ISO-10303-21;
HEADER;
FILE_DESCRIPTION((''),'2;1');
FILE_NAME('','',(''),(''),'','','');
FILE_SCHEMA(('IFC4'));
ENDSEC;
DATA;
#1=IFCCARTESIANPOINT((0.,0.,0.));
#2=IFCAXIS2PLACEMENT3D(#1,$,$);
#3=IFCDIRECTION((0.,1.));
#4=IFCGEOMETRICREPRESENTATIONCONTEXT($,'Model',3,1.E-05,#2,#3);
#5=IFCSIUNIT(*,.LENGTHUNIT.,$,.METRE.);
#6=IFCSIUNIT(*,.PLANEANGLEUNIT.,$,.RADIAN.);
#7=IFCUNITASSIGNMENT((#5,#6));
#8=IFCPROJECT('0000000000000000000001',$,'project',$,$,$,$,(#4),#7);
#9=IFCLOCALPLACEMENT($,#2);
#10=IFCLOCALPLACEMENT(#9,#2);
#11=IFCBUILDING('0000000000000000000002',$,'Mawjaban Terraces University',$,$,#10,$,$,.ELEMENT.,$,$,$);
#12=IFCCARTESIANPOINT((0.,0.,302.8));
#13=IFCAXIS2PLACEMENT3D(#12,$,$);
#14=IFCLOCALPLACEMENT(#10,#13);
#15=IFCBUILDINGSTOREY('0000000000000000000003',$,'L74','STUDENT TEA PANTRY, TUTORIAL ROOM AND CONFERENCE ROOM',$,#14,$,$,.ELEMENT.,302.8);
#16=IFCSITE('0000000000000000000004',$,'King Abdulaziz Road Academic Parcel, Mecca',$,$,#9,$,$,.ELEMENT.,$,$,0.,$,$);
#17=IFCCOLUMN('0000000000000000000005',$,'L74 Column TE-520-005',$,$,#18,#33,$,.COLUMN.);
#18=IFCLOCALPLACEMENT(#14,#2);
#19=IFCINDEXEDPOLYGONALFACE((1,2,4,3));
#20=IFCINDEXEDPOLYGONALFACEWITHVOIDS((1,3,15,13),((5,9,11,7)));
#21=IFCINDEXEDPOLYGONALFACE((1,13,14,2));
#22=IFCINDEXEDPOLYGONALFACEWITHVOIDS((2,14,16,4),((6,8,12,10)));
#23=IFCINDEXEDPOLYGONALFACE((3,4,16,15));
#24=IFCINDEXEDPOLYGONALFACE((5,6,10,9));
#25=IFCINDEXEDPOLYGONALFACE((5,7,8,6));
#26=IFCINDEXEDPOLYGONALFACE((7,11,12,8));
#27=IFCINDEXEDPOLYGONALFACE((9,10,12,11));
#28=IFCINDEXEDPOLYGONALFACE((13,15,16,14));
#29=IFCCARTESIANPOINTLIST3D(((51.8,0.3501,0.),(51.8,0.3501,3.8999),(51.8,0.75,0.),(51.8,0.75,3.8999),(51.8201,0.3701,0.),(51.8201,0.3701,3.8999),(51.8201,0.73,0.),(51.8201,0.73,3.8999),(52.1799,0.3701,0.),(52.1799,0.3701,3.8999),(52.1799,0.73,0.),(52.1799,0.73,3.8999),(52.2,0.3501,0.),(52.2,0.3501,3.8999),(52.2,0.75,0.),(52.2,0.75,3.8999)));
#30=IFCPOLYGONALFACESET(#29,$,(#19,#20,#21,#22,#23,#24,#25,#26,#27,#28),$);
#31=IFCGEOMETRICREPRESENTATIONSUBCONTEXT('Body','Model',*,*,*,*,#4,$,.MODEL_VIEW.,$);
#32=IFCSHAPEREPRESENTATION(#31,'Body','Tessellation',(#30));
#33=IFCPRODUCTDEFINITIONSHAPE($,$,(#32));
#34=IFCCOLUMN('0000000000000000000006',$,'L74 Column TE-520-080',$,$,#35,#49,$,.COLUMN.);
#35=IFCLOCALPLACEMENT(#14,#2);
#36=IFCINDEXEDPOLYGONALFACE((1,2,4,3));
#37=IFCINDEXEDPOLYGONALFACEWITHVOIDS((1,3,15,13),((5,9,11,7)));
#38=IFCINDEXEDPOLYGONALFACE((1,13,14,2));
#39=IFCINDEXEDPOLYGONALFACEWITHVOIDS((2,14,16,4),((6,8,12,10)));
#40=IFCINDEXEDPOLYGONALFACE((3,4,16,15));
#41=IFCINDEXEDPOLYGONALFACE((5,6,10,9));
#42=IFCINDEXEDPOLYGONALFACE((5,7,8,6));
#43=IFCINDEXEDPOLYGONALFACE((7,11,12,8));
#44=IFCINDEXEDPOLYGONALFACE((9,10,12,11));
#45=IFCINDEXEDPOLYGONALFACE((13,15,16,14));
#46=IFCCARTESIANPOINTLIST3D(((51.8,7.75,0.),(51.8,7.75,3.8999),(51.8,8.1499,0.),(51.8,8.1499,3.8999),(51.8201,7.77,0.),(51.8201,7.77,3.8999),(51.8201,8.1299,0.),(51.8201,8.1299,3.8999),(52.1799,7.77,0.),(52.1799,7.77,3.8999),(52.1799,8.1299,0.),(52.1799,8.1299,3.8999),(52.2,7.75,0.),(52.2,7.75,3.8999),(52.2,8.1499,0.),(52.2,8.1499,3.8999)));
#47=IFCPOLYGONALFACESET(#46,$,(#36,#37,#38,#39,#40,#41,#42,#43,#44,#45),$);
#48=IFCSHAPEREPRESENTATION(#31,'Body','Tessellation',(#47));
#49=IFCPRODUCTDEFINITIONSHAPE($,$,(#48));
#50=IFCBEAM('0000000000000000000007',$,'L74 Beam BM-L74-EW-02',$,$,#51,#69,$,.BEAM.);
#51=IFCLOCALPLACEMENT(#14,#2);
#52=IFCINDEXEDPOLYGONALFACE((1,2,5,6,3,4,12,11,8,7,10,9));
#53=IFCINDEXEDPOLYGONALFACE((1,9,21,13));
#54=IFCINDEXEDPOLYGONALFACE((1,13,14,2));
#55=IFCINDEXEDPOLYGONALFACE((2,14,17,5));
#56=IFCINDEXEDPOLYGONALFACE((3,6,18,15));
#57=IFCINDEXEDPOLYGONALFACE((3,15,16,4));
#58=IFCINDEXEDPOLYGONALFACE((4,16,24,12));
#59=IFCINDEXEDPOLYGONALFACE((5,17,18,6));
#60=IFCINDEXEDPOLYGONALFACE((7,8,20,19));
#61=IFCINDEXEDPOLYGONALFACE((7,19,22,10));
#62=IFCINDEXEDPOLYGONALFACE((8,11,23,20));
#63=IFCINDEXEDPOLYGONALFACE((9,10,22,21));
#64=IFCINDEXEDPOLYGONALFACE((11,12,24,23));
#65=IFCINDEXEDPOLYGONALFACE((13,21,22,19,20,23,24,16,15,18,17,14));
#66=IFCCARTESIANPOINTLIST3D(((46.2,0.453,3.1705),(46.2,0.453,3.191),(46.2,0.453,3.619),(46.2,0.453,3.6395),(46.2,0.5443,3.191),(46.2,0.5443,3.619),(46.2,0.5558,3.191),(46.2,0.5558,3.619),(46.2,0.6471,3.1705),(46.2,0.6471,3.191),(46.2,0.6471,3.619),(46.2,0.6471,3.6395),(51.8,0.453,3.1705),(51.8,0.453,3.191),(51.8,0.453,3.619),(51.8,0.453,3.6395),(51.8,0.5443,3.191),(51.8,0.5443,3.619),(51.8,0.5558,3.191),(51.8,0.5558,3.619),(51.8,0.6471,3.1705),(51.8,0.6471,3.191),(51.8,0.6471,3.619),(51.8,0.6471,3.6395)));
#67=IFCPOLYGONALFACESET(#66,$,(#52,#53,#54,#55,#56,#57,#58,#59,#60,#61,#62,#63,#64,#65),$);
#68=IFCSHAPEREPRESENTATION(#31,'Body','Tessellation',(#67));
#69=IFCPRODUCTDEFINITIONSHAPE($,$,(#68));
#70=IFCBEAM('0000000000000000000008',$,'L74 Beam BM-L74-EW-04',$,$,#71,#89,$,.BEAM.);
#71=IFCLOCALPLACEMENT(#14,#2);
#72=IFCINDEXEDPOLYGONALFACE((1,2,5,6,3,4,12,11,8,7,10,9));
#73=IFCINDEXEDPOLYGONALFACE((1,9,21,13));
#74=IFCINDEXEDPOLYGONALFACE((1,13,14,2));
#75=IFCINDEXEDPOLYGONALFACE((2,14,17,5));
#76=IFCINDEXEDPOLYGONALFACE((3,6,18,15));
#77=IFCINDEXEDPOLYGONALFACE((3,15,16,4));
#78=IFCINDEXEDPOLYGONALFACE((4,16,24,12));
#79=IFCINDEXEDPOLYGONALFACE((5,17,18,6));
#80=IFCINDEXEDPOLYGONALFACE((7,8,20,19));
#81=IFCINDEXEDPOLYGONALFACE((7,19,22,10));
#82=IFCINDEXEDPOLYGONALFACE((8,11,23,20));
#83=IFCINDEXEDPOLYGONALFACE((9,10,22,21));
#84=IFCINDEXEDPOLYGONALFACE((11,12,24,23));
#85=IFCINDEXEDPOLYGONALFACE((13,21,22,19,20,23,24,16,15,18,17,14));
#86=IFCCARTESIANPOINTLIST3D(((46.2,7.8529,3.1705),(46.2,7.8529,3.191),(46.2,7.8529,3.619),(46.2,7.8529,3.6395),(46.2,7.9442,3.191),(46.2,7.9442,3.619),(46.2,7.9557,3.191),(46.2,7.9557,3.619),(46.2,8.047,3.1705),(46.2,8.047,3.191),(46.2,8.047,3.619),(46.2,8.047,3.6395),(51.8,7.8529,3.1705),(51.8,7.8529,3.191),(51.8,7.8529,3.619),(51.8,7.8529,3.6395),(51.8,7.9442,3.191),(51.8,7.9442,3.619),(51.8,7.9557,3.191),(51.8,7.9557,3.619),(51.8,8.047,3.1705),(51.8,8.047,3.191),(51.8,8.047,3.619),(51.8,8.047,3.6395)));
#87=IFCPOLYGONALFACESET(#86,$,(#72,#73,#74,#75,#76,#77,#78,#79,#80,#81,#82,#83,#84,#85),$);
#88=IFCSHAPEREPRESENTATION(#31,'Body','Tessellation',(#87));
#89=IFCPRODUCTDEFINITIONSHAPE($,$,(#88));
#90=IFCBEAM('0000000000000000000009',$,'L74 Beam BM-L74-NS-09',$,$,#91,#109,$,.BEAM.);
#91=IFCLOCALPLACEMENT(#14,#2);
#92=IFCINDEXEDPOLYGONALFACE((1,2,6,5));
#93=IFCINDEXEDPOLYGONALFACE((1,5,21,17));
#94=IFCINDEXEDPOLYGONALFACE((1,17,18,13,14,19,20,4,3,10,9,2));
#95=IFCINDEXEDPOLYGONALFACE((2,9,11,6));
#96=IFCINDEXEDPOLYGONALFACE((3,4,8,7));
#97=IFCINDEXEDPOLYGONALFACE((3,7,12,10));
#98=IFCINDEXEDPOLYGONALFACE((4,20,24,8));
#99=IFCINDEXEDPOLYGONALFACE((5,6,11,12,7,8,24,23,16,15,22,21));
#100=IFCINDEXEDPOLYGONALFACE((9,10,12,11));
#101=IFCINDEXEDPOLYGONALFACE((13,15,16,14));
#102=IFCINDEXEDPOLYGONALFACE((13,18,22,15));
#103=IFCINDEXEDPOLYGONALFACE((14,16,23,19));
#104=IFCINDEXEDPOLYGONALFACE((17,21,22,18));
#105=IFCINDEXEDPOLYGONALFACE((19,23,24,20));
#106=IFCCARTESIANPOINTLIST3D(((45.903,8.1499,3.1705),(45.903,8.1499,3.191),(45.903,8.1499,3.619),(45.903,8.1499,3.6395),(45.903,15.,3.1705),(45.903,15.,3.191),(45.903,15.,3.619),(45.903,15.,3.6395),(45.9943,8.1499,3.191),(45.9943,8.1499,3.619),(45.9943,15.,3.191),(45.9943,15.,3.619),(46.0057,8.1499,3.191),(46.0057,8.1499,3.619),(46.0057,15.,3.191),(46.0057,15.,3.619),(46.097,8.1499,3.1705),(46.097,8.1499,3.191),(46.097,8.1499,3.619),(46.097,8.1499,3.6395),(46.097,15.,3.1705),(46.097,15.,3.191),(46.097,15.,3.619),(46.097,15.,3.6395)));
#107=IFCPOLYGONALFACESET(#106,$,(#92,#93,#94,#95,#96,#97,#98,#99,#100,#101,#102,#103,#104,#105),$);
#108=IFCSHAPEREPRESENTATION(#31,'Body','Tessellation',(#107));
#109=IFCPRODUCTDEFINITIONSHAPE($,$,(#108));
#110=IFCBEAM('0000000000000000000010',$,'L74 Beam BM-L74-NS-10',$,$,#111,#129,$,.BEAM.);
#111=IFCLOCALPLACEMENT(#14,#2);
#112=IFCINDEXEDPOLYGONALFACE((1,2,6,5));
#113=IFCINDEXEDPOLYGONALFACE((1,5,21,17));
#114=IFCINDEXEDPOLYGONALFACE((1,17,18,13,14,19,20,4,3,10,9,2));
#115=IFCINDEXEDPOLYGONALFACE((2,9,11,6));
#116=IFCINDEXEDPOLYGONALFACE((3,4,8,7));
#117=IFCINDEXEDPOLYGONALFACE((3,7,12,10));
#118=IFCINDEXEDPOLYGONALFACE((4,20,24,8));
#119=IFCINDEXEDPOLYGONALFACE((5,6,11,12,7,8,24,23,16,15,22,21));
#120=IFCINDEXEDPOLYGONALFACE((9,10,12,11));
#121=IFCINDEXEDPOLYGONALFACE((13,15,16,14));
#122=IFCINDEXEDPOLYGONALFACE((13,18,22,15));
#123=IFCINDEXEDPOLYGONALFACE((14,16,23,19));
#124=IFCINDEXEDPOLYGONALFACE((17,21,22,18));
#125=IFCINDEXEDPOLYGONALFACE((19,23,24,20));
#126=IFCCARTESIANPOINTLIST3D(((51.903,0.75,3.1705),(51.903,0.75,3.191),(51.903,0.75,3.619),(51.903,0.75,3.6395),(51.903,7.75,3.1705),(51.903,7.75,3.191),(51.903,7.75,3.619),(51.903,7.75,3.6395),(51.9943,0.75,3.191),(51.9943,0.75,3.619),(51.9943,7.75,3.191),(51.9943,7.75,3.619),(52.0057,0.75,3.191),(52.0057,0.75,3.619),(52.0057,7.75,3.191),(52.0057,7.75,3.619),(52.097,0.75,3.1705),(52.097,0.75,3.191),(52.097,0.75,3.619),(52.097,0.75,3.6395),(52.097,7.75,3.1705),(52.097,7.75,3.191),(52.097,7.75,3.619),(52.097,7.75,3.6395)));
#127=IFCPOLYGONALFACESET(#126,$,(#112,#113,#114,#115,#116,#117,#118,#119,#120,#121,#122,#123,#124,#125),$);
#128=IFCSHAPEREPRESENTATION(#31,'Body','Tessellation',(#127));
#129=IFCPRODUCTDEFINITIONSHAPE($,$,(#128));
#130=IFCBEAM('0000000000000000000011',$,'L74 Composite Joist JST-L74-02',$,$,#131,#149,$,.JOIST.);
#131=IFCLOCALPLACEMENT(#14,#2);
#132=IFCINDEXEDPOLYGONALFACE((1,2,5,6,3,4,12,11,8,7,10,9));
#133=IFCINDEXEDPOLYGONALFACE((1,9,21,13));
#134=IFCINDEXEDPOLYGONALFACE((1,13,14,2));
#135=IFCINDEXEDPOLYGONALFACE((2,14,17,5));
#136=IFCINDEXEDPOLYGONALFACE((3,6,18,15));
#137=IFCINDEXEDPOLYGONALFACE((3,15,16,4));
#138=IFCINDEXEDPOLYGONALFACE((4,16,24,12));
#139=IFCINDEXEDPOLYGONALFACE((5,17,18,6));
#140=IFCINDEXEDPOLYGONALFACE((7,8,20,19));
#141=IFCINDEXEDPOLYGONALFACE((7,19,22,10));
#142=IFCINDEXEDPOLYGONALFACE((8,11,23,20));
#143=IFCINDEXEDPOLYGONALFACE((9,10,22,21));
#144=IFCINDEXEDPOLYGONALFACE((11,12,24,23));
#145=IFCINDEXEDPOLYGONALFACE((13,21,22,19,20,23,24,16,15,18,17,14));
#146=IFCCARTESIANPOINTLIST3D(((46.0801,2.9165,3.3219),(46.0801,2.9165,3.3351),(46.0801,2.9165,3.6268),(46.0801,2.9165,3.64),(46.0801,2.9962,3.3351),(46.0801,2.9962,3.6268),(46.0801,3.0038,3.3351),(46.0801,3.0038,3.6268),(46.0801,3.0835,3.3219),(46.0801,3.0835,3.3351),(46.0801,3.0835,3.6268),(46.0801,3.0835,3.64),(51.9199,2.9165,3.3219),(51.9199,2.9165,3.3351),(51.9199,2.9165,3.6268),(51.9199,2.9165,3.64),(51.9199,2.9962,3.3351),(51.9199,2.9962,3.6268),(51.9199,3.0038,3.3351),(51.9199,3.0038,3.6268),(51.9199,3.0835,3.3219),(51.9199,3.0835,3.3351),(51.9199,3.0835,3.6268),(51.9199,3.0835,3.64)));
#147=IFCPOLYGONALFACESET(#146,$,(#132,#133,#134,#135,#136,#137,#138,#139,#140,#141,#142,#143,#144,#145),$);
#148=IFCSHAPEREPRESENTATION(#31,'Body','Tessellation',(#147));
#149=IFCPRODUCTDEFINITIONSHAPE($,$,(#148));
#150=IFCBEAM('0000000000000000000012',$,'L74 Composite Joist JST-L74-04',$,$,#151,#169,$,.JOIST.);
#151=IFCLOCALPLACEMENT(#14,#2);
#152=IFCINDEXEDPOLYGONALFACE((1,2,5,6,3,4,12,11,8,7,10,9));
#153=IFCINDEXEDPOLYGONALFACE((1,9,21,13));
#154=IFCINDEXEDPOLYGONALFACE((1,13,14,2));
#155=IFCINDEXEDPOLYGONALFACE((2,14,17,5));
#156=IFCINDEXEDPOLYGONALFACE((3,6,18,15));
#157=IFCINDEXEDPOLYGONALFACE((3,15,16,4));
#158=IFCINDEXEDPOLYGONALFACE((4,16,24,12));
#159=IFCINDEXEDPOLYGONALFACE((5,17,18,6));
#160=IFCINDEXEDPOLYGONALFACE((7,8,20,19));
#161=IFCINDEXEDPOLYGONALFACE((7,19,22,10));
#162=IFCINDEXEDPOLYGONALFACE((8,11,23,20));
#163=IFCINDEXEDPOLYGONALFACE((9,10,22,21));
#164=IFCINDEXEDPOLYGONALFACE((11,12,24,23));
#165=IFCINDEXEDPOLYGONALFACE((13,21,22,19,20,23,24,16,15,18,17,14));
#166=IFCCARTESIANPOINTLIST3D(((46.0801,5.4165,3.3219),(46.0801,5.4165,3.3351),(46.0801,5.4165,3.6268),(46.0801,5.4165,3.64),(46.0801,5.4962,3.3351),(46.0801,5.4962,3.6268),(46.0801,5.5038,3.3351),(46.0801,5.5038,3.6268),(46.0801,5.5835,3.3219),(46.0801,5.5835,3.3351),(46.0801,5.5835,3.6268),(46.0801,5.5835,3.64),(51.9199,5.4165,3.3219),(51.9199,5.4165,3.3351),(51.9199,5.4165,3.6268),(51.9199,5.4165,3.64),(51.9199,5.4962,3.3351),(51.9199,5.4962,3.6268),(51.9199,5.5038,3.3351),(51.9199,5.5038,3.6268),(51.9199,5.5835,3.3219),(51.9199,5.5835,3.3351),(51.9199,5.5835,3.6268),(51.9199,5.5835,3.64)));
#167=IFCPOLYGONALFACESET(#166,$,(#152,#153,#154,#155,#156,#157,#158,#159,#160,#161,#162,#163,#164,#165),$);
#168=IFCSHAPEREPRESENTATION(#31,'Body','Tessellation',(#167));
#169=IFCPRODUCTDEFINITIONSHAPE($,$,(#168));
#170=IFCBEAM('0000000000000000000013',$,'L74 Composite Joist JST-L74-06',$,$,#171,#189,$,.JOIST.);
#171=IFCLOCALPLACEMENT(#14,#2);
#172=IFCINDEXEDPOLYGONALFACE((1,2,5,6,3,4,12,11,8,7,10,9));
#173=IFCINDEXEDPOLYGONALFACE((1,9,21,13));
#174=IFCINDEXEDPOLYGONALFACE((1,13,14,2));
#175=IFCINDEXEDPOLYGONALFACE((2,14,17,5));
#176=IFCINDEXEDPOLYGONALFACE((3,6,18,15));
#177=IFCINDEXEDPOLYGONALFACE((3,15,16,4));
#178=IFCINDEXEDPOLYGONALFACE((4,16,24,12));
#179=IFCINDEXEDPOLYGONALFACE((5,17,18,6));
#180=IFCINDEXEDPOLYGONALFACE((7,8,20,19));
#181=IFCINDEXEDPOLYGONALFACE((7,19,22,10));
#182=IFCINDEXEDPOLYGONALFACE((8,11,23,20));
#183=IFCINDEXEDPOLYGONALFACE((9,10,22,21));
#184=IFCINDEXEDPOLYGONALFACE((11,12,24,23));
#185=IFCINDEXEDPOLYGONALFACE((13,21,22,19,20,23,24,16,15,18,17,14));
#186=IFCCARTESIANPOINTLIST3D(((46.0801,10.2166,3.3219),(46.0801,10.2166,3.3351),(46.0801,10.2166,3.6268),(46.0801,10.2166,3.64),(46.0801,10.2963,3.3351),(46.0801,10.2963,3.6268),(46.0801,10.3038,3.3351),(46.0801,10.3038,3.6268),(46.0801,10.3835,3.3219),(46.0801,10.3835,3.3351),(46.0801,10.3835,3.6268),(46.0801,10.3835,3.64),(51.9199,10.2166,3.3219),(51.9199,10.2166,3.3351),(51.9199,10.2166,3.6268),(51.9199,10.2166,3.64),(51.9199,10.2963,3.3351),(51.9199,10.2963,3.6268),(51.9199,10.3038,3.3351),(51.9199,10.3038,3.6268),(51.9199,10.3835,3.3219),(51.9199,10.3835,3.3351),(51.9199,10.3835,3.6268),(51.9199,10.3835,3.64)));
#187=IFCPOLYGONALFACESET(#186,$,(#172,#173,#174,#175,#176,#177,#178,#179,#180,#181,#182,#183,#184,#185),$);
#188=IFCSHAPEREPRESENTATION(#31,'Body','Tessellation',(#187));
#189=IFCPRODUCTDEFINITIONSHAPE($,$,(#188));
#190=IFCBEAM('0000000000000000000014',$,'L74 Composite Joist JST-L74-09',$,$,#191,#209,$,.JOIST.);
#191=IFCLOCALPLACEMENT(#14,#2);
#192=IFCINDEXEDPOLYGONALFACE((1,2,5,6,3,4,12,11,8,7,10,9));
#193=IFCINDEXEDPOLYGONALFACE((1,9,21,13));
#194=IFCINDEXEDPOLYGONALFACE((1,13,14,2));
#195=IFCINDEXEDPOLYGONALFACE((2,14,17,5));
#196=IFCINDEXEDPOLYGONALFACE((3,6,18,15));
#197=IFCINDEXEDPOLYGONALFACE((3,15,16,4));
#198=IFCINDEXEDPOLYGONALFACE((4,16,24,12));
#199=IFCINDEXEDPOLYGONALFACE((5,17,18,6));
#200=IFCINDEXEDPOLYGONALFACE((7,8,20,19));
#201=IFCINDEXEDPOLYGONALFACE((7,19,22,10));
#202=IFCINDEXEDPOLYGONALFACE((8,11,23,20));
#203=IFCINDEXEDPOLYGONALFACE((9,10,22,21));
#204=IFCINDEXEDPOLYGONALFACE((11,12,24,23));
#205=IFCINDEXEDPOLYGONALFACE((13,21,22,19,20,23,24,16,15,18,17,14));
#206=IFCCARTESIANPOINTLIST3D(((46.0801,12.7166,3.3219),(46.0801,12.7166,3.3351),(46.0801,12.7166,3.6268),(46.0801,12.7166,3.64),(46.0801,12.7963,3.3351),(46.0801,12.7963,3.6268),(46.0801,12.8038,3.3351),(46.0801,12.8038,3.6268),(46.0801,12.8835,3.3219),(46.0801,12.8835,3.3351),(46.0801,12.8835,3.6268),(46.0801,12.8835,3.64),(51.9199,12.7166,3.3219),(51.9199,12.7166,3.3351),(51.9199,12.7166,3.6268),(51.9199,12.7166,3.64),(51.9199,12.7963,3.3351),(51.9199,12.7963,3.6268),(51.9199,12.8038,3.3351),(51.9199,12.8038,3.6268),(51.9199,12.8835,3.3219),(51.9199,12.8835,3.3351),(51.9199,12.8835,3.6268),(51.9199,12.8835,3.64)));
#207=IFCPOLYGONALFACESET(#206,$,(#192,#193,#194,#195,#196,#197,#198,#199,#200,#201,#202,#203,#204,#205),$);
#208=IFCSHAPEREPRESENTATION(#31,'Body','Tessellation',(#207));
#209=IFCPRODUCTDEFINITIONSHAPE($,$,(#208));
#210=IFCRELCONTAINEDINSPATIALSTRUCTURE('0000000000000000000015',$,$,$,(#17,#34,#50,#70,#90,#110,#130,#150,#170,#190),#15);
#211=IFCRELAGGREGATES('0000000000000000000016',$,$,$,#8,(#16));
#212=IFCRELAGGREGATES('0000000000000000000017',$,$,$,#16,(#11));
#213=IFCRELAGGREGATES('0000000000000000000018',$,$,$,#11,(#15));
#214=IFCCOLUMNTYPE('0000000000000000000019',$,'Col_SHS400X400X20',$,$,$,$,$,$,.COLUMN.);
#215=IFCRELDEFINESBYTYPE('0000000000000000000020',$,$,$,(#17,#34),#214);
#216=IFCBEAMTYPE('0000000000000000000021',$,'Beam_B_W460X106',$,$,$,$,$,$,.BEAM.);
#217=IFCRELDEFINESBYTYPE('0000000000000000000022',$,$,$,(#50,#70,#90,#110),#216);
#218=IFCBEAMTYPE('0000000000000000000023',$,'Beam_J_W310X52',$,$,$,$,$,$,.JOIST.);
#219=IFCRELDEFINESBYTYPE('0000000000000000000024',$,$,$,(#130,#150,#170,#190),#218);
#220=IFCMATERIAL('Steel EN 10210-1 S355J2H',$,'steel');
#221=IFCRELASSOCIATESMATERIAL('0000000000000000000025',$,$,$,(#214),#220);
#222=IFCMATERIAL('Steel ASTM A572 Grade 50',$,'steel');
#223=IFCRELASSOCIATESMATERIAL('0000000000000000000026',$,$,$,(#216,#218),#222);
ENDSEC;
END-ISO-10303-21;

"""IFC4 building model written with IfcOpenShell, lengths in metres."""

from ifc_helpers import new_model, si_unit, direction, frame, origin, origin_2d, place, context, subcontext, project, spatial, hollow_rectangle, i_section, extrude, material, material_profile, profile_set, type_object, element, save


model = new_model("IFC4")

# Units and contexts
model_context = context("Model", 3, precision=1e-05, world=origin(), true_north=direction((0.0, 1.0)))
body_context = subcontext(model_context, "Body", "Model", "MODEL_VIEW")
ifc_project = project(units=[si_unit("LENGTHUNIT", "METRE"), si_unit("PLANEANGLEUNIT", "RADIAN")], contexts=[model_context])

# Site, building, storey
site_placement = place(None, origin())
site = spatial("IfcSite", under=ifc_project, at=site_placement, Name="King Abdulaziz Road Academic Parcel, Mecca", CompositionType="ELEMENT", RefElevation=0.0)
building_placement = place(site_placement, origin())
building = spatial("IfcBuilding", under=site, at=building_placement, Name="Mawjaban Terraces University", CompositionType="ELEMENT")
storey_placement = place(building_placement, frame((0.0, 0.0, 302.8)))
storey = spatial("IfcBuildingStorey", under=building, at=storey_placement, Name="L74", Description="STUDENT TEA PANTRY, TUTORIAL ROOM AND CONFERENCE ROOM", CompositionType="ELEMENT", Elevation=302.8)

# Columns
ifc_material_1 = material(Name="Steel EN 10210-1 S355J2H", Category="steel")
ifc_material_profile_1 = material_profile(ifc_material_1, hollow_rectangle(XDim=0.3999, YDim=0.3999, WallThickness=0.02, at=origin_2d()), Name="SHS400X400X20")
ifc_profile_set_1 = profile_set([ifc_material_profile_1], Name="Steel EN 10210-1 S355J2H")
column_type = type_object("IfcColumnType", Name="Col_SHS400X400X20", PredefinedType="COLUMN", material=ifc_profile_set_1)
for number, where, z_axis, x_axis, name in (
    (1, (52.0, 0.55, 0.0), (0.0, 0.0, 1.0), (1.0, 0.0, 0.0), "L74 Column TE-520-005"),
    (2, (52.0, 7.95, 0.0), (0.0, 0.0, 1.0), (1.0, 0.0, 0.0), "L74 Column TE-520-080"),
):
    element("IfcColumn", number, at=place(storey_placement, frame(where, z_axis=z_axis, x_axis=x_axis)), inside=storey, type_object=column_type, Name=name, PredefinedType="COLUMN", context=body_context, shape_type="SweptSolid", body=[
        extrude(hollow_rectangle(XDim=0.3999, YDim=0.3999, WallThickness=0.02, at=origin_2d()), origin(), (0.0, 0.0, 1.0), 3.8999),
    ])

# Beams
ifc_material_2 = material(Name="Steel ASTM A572 Grade 50", Category="steel")
ifc_material_profile_2 = material_profile(ifc_material_2, i_section(OverallWidth=0.1941, OverallDepth=0.469, WebThickness=0.0115, FlangeThickness=0.0205, at=origin_2d()), Name="W460X106")
ifc_profile_set_2 = profile_set([ifc_material_profile_2], Name="Steel ASTM A572 Grade 50")
beam_type_1 = type_object("IfcBeamType", Name="Beam_B_W460X106", PredefinedType="BEAM", material=ifc_profile_set_2)
for number, where, z_axis, x_axis, name in (
    (3, (46.2, 0.55, 3.405), (1.0, 0.0, 0.0), (0.0, 1.0, 0.0), "L74 Beam BM-L74-EW-02"),
    (4, (46.2, 7.95, 3.405), (1.0, 0.0, 0.0), (0.0, 1.0, 0.0), "L74 Beam BM-L74-EW-04"),
):
    element("IfcBeam", number, at=place(storey_placement, frame(where, z_axis=z_axis, x_axis=x_axis)), inside=storey, type_object=beam_type_1, Name=name, PredefinedType="BEAM", context=body_context, shape_type="SweptSolid", body=[
        extrude(i_section(OverallWidth=0.1941, OverallDepth=0.469, WebThickness=0.0115, FlangeThickness=0.0205, at=origin_2d()), origin(), (0.0, 0.0, 1.0), 5.6001),
    ])
beam_1_placement = place(storey_placement, frame((46.0, 8.1499, 3.405), z_axis=(0.0, 1.0, 0.0), x_axis=(-1.0, 0.0, 0.0)))
element("IfcBeam", 5, at=beam_1_placement, inside=storey, type_object=beam_type_1, Name="L74 Beam BM-L74-NS-09", PredefinedType="BEAM", context=body_context, shape_type="SweptSolid", body=[
    extrude(i_section(OverallWidth=0.1941, OverallDepth=0.469, WebThickness=0.0115, FlangeThickness=0.0205, at=origin_2d()), origin(), (0.0, 0.0, 1.0), 6.8501),
])
beam_2_placement = place(storey_placement, frame((52.0, 0.75, 3.405), z_axis=(0.0, 1.0, 0.0), x_axis=(-1.0, 0.0, 0.0)))
element("IfcBeam", 6, at=beam_2_placement, inside=storey, type_object=beam_type_1, Name="L74 Beam BM-L74-NS-10", PredefinedType="BEAM", context=body_context, shape_type="SweptSolid", body=[
    extrude(i_section(OverallWidth=0.1941, OverallDepth=0.469, WebThickness=0.0115, FlangeThickness=0.0205, at=origin_2d()), origin(), (0.0, 0.0, 1.0), 7.0),
])
ifc_material_profile_3 = material_profile(ifc_material_2, i_section(OverallWidth=0.167, OverallDepth=0.3181, WebThickness=0.0076, FlangeThickness=0.0132, at=origin_2d()), Name="W310X52")
ifc_profile_set_3 = profile_set([ifc_material_profile_3], Name="Steel ASTM A572 Grade 50")
beam_type_2 = type_object("IfcBeamType", Name="Beam_J_W310X52", PredefinedType="JOIST", material=ifc_profile_set_3)
for number, where, z_axis, x_axis, name in (
    (7, (46.0801, 3.0, 3.481), (1.0, 0.0, 0.0), (0.0, 1.0, 0.0), "L74 Composite Joist JST-L74-02"),
    (8, (46.0801, 5.5, 3.481), (1.0, 0.0, 0.0), (0.0, 1.0, 0.0), "L74 Composite Joist JST-L74-04"),
    (9, (46.0801, 10.3, 3.481), (1.0, 0.0, 0.0), (0.0, 1.0, 0.0), "L74 Composite Joist JST-L74-06"),
    (10, (46.0801, 12.8, 3.481), (1.0, 0.0, 0.0), (0.0, 1.0, 0.0), "L74 Composite Joist JST-L74-09"),
):
    element("IfcBeam", number, at=place(storey_placement, frame(where, z_axis=z_axis, x_axis=x_axis)), inside=storey, type_object=beam_type_2, Name=name, PredefinedType="JOIST", context=body_context, shape_type="SweptSolid", body=[
        extrude(i_section(OverallWidth=0.167, OverallDepth=0.3181, WebThickness=0.0076, FlangeThickness=0.0132, at=origin_2d()), origin(), (0.0, 0.0, 1.0), 5.8398),
    ])

save(model, "model.ifc")
